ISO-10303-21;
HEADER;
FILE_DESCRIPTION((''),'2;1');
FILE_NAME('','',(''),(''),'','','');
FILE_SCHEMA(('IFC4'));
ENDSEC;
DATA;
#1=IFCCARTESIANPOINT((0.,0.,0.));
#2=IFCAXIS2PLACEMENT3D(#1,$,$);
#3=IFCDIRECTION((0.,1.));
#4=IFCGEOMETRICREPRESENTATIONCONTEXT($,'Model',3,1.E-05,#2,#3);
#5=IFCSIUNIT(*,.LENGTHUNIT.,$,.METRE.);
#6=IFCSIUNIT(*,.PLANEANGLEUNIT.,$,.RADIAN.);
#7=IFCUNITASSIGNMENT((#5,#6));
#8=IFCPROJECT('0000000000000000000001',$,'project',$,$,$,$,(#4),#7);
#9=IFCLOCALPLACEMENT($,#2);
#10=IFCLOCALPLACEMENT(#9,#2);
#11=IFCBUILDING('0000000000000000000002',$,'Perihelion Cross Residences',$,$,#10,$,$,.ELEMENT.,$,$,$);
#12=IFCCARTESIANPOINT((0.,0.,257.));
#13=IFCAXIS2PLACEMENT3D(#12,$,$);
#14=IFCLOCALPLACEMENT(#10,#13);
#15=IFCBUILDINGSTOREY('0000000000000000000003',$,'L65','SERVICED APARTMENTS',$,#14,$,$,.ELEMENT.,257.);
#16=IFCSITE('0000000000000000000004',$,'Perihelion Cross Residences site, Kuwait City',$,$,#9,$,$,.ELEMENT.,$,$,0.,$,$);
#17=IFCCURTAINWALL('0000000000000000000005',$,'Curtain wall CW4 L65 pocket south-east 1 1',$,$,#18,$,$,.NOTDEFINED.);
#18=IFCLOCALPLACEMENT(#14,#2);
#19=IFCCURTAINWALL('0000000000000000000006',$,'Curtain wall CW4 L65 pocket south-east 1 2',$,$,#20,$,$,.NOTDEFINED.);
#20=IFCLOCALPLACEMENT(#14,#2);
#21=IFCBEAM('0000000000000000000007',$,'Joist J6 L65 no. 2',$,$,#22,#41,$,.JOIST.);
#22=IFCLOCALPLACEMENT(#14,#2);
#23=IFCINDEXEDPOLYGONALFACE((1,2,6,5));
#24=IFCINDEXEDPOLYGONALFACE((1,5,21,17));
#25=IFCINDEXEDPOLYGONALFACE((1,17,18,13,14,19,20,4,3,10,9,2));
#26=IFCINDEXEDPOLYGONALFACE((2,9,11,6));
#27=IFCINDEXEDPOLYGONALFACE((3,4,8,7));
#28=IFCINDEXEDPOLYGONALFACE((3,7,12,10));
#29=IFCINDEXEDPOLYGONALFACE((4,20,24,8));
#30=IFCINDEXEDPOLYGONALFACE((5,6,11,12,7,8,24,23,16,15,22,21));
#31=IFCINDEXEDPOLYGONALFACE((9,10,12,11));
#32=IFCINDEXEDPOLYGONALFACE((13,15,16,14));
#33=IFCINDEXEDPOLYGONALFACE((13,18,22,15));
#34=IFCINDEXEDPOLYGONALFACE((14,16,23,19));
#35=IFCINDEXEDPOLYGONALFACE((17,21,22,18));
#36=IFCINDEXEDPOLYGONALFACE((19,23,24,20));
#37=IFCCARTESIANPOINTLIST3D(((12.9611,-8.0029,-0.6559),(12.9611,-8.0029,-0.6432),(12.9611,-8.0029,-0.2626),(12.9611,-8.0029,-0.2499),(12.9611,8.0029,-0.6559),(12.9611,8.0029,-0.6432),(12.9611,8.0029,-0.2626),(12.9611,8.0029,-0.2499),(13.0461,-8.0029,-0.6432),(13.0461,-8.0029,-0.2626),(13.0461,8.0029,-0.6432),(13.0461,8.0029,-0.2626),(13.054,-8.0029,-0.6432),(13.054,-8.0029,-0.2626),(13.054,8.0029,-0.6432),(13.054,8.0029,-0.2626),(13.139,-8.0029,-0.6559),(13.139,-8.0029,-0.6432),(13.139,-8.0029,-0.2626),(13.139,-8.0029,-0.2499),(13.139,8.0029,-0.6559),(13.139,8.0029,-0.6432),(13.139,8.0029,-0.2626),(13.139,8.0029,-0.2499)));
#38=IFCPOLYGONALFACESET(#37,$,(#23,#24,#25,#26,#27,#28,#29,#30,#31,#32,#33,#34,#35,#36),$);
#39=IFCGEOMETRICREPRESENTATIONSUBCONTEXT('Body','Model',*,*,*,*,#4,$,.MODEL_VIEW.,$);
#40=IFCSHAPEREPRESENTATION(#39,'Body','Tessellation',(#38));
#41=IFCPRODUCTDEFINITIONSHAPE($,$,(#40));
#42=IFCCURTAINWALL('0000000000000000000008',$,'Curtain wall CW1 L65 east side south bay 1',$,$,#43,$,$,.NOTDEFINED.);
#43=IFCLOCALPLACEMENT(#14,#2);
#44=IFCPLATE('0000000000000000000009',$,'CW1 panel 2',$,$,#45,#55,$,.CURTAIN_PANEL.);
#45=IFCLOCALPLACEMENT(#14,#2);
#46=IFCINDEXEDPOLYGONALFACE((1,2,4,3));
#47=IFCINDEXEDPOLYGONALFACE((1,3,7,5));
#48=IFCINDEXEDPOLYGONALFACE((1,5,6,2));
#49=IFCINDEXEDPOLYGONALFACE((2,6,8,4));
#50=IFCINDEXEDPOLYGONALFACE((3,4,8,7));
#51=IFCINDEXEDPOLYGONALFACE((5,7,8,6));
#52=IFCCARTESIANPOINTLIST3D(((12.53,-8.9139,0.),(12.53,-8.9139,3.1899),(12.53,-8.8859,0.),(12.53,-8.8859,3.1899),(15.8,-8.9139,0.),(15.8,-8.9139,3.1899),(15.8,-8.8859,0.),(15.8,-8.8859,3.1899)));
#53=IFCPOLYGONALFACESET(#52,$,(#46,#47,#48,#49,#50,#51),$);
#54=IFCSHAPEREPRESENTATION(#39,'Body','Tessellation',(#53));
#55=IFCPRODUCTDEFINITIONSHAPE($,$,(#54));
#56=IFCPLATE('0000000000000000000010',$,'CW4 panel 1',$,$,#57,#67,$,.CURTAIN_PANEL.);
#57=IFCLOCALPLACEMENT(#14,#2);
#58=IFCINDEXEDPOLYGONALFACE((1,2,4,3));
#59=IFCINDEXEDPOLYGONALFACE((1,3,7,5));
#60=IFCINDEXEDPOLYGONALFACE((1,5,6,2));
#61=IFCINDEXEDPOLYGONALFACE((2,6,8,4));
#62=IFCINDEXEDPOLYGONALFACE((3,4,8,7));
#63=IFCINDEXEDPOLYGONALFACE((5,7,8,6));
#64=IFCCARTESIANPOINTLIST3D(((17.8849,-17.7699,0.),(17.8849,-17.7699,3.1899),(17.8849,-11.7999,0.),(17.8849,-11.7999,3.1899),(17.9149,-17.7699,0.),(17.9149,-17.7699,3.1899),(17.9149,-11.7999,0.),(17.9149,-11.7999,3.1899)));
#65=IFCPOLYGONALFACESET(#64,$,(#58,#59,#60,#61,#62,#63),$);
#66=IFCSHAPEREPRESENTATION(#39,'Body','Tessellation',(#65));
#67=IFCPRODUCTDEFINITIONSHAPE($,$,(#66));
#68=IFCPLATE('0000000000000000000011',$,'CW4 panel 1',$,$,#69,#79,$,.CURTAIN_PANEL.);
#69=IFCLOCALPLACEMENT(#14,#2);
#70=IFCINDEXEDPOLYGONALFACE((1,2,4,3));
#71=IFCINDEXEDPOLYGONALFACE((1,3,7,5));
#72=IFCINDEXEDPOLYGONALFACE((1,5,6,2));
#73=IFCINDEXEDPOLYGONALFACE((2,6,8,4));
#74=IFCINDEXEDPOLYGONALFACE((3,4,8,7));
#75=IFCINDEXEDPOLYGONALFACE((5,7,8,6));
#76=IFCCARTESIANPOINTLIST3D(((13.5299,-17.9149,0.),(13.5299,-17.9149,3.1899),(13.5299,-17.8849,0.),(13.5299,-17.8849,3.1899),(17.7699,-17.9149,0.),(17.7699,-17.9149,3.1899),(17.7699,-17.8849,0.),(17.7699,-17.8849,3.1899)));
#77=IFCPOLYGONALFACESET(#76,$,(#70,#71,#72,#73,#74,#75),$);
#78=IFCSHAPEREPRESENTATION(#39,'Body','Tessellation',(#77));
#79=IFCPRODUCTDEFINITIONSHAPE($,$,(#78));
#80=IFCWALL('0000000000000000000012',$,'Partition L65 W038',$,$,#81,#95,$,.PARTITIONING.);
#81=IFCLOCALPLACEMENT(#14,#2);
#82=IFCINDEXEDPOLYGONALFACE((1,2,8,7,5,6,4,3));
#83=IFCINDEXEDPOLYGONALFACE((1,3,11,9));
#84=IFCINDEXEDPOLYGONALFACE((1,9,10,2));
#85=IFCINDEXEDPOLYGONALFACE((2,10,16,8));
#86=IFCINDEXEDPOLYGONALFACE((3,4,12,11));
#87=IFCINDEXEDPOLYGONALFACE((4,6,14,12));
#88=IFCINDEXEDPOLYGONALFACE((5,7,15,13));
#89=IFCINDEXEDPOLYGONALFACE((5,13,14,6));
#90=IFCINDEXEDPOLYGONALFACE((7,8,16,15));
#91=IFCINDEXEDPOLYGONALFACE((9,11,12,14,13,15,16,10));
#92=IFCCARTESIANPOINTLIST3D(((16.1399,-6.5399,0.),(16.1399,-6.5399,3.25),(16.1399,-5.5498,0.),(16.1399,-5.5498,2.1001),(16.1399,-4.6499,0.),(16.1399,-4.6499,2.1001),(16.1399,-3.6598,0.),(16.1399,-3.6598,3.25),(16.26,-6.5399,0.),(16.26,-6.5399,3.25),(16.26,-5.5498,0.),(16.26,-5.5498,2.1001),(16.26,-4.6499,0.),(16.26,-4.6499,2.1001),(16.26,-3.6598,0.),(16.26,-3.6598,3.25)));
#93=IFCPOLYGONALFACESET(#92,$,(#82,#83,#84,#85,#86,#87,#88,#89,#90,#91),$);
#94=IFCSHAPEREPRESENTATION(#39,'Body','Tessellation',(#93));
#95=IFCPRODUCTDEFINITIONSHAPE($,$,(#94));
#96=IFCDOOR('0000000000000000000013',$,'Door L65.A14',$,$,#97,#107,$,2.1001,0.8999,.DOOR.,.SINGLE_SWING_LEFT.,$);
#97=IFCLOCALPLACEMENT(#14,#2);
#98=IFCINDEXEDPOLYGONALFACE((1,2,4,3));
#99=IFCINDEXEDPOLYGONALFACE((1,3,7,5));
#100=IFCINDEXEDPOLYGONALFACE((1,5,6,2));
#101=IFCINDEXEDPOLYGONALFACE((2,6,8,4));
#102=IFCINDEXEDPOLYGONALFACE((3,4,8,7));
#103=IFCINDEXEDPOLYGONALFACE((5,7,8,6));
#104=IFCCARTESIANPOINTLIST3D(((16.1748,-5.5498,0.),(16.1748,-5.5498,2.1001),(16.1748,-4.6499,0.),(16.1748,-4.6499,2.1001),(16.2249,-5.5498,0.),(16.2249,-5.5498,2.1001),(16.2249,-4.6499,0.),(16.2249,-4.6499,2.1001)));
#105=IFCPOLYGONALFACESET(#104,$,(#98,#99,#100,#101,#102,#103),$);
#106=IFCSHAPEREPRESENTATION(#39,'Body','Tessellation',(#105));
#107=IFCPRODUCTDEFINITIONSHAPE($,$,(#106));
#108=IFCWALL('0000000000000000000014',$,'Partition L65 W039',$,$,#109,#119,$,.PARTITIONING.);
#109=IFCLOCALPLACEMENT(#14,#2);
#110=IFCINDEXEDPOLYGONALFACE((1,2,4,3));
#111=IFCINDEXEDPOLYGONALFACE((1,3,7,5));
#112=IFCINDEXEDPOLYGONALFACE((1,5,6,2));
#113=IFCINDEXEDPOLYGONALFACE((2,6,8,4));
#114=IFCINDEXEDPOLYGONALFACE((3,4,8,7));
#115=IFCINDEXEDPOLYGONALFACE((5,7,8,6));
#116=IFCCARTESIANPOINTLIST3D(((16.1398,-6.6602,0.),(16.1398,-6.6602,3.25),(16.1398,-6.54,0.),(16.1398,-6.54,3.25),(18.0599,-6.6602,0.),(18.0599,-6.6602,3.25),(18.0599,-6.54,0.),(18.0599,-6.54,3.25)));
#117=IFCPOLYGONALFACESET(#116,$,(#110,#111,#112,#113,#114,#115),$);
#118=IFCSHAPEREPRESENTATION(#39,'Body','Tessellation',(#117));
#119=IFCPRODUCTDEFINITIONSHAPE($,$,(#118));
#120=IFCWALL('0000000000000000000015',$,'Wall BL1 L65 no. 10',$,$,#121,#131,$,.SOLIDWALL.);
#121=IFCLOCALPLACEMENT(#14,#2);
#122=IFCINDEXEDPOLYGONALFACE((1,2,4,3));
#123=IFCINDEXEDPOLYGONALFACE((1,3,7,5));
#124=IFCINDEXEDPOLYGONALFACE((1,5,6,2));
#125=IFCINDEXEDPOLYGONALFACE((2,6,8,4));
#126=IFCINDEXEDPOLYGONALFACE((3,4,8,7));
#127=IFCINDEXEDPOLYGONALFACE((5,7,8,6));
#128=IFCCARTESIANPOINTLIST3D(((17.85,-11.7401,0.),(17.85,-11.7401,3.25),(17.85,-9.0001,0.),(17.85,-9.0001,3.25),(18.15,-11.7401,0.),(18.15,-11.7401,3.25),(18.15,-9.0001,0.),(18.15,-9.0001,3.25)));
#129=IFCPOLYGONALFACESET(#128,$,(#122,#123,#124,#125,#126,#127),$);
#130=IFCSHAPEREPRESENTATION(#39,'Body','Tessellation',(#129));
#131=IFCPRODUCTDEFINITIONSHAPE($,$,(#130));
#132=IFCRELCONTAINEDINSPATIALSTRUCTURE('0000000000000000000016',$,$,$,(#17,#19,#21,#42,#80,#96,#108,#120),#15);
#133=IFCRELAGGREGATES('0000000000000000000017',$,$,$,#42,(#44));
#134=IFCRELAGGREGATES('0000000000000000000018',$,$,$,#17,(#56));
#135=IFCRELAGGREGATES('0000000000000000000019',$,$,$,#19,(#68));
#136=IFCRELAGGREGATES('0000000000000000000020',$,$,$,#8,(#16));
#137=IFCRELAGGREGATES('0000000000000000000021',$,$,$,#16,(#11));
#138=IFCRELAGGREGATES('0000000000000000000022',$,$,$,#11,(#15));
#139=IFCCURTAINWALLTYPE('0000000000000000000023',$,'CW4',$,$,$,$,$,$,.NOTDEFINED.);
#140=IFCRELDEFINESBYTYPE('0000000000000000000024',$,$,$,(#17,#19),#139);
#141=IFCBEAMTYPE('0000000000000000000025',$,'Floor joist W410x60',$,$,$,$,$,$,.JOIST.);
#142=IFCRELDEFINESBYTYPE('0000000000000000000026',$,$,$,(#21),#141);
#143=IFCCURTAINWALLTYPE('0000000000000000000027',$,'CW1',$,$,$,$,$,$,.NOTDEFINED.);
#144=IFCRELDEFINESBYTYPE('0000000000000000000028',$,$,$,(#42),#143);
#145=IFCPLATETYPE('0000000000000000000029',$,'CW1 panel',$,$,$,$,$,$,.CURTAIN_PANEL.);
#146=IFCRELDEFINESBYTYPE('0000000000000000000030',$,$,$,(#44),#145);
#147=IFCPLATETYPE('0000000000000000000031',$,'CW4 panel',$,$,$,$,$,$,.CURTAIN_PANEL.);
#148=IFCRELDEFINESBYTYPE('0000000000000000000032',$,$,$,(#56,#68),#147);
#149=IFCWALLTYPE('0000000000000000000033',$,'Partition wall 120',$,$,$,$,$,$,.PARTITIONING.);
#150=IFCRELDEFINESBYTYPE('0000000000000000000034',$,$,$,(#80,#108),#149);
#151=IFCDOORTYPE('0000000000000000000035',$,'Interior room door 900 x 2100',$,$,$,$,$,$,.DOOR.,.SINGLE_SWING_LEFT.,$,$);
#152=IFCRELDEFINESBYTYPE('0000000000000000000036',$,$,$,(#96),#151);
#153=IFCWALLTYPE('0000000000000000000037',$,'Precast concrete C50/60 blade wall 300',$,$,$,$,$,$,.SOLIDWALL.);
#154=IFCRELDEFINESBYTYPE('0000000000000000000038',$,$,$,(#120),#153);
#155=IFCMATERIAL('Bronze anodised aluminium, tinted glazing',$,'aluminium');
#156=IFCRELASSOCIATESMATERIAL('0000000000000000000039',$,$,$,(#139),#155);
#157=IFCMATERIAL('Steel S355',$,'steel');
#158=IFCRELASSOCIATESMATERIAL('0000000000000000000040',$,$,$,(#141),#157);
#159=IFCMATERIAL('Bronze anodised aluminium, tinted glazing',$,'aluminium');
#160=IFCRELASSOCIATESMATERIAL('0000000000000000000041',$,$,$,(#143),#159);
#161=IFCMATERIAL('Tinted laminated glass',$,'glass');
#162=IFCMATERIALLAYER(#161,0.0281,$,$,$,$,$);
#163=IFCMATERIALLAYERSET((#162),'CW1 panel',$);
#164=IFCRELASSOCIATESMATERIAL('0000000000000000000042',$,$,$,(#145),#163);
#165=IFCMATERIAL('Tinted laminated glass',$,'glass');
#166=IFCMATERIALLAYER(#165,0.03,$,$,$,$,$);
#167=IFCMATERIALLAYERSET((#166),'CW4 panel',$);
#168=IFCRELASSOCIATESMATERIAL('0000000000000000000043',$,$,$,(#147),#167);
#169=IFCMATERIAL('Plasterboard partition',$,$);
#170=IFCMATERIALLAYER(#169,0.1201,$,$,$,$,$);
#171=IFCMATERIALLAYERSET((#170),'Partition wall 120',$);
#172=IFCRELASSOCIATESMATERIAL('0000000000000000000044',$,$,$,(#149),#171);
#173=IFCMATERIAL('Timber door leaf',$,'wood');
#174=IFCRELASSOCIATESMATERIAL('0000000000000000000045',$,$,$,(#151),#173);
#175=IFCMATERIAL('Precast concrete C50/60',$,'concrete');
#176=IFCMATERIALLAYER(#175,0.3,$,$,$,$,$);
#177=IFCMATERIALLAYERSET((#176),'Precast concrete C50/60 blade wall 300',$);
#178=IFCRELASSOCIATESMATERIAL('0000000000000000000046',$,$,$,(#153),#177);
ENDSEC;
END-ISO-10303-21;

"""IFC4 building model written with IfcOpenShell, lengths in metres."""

from ifc_helpers import new_model, si_unit, direction, frame, frame_2d, origin, origin_2d, place, context, subcontext, project, spatial, rectangle, i_section, extrude, material, layer, layer_set, material_profile, profile_set, type_object, element, fill, aggregate, save


model = new_model("IFC4")

# Units and contexts
model_context = context("Model", 3, precision=1e-05, world=origin(), true_north=direction((0.0, 1.0)))
body_context = subcontext(model_context, "Body", "Model", "MODEL_VIEW")
ifc_project = project(units=[si_unit("LENGTHUNIT", "METRE"), si_unit("PLANEANGLEUNIT", "RADIAN")], contexts=[model_context])

# Site, building, storey
site_placement = place(None, origin())
site = spatial("IfcSite", under=ifc_project, at=site_placement, Name="Perihelion Cross Residences site, Kuwait City", CompositionType="ELEMENT", RefElevation=0.0)
building_placement = place(site_placement, origin())
building = spatial("IfcBuilding", under=site, at=building_placement, Name="Perihelion Cross Residences", CompositionType="ELEMENT")
storey_placement = place(building_placement, frame((0.0, 0.0, 257.0)))
storey = spatial("IfcBuildingStorey", under=building, at=storey_placement, Name="L65", Description="SERVICED APARTMENTS", CompositionType="ELEMENT", Elevation=257.0)

# Curtain walls
ifc_material_1 = material(Name="Bronze anodised aluminium, tinted glazing", Category="aluminium")
curtain_wall_type_1 = type_object("IfcCurtainWallType", Name="CW4", PredefinedType="NOTDEFINED", material=ifc_material_1)
curtain_wall_1_placement = place(storey_placement, origin())
curtain_wall_1 = element("IfcCurtainWall", 1, at=curtain_wall_1_placement, inside=storey, type_object=curtain_wall_type_1, Name="Curtain wall CW4 L65 pocket south-east 1 1", PredefinedType="NOTDEFINED")
curtain_wall_2_placement = place(storey_placement, origin())
curtain_wall_2 = element("IfcCurtainWall", 2, at=curtain_wall_2_placement, inside=storey, type_object=curtain_wall_type_1, Name="Curtain wall CW4 L65 pocket south-east 1 2", PredefinedType="NOTDEFINED")

# Beam
ifc_material_2 = material(Name="Steel S355", Category="steel")
ifc_material_profile_1 = material_profile(ifc_material_2, i_section(OverallWidth=0.178, OverallDepth=0.406, WebThickness=0.0078, FlangeThickness=0.0127, at=origin_2d()), Name="W410x60")
ifc_profile_set_1 = profile_set([ifc_material_profile_1], Name="Steel S355")
beam_type_1 = type_object("IfcBeamType", Name="Floor joist W410x60", PredefinedType="JOIST", material=ifc_profile_set_1)
beam_1_placement = place(storey_placement, frame((13.05, -8.0029, -0.4529), z_axis=(0.0, 1.0, 0.0), x_axis=(-1.0, 0.0, 0.0)))
element("IfcBeam", 3, at=beam_1_placement, inside=storey, type_object=beam_type_1, Name="Joist J6 L65 no. 2", PredefinedType="JOIST", context=body_context, shape_type="SweptSolid", body=[
    extrude(i_section(OverallWidth=0.178, OverallDepth=0.406, WebThickness=0.0078, FlangeThickness=0.0127, at=origin_2d()), origin(), (0.0, 0.0, 1.0), 16.0059),
])

# Curtain wall, plate
ifc_material_3 = material(Name="Bronze anodised aluminium, tinted glazing", Category="aluminium")
curtain_wall_type_2 = type_object("IfcCurtainWallType", Name="CW1", PredefinedType="NOTDEFINED", material=ifc_material_3)
curtain_wall_3_placement = place(storey_placement, origin())
curtain_wall_3 = element("IfcCurtainWall", 4, at=curtain_wall_3_placement, inside=storey, type_object=curtain_wall_type_2, Name="Curtain wall CW1 L65 east side south bay 1", PredefinedType="NOTDEFINED")
ifc_material_4 = material(Name="Tinted laminated glass", Category="glass")
ifc_layer_1 = layer(ifc_material_4, 0.0281)
ifc_layer_set_1 = layer_set([ifc_layer_1], Name="CW1 panel")
plate_type_1 = type_object("IfcPlateType", Name="CW1 panel", PredefinedType="CURTAIN_PANEL", material=ifc_layer_set_1)
plate_1_placement = place(storey_placement, frame((14.165, -8.8999, 0.0), z_axis=(0.0, 0.0, 1.0), x_axis=(1.0, 0.0, 0.0)))
plate_1 = element("IfcPlate", 5, at=plate_1_placement, type_object=plate_type_1, Name="CW1 panel 2", PredefinedType="CURTAIN_PANEL", context=body_context, shape_type="SweptSolid", body=[
    extrude(rectangle(XDim=3.27, YDim=0.0281, at=origin_2d()), origin(), (0.0, 0.0, 1.0), 3.1899),
])
aggregate(curtain_wall_3, [plate_1])

# Plates
ifc_material_5 = material(Name="Tinted laminated glass", Category="glass")
ifc_layer_2 = layer(ifc_material_5, 0.03)
ifc_layer_set_2 = layer_set([ifc_layer_2], Name="CW4 panel")
plate_type_2 = type_object("IfcPlateType", Name="CW4 panel", PredefinedType="CURTAIN_PANEL", material=ifc_layer_set_2)
plate_2_placement = place(storey_placement, frame((17.8999, -14.7849, 0.0), z_axis=(0.0, 0.0, 1.0), x_axis=(0.0, -1.0, 0.0)))
plate_2 = element("IfcPlate", 6, at=plate_2_placement, type_object=plate_type_2, Name="CW4 panel 1", PredefinedType="CURTAIN_PANEL", context=body_context, shape_type="SweptSolid", body=[
    extrude(rectangle(XDim=5.97, YDim=0.03, at=origin_2d()), origin(), (0.0, 0.0, 1.0), 3.1899),
])
aggregate(curtain_wall_1, [plate_2])
plate_3_placement = place(storey_placement, frame((15.6499, -17.8999, 0.0), z_axis=(0.0, 0.0, 1.0), x_axis=(-1.0, 0.0, 0.0)))
plate_3 = element("IfcPlate", 7, at=plate_3_placement, type_object=plate_type_2, Name="CW4 panel 1", PredefinedType="CURTAIN_PANEL", context=body_context, shape_type="SweptSolid", body=[
    extrude(rectangle(XDim=4.24, YDim=0.03, at=origin_2d()), origin(), (0.0, 0.0, 1.0), 3.1899),
])
aggregate(curtain_wall_2, [plate_3])

# Wall, opening, door
ifc_material_6 = material(Name="Plasterboard partition")
ifc_layer_3 = layer(ifc_material_6, 0.1201)
ifc_layer_set_3 = layer_set([ifc_layer_3], Name="Partition wall 120")
wall_type_1 = type_object("IfcWallType", Name="Partition wall 120", PredefinedType="PARTITIONING", material=ifc_layer_set_3)
wall_1_placement = place(storey_placement, frame((16.2, -3.6599, 0.0), z_axis=(0.0, 0.0, 1.0), x_axis=(0.0, -1.0, 0.0)))
wall_1 = element("IfcWall", 8, at=wall_1_placement, inside=storey, type_object=wall_type_1, Name="Partition L65 W038", PredefinedType="PARTITIONING", context=body_context, shape_type="SweptSolid", body=[
    extrude(rectangle(XDim=2.8801, YDim=0.1201, at=frame_2d((1.4399, 0.0))), origin(), (0.0, 0.0, 1.0), 3.25),
])
opening_1_placement = place(wall_1_placement, frame((0.99, 0.0, 0.0)))
opening_1 = element("IfcOpeningElement", 9, at=opening_1_placement, cuts=wall_1, PredefinedType="OPENING", context=body_context, shape_type="SweptSolid", body=[
    extrude(rectangle(XDim=0.8999, YDim=2.1001, at=frame_2d((0.45, 1.05))), frame((0.0, 0.0701, 0.0), z_axis=(0.0, -1.0, 0.0), x_axis=(1.0, 0.0, 0.0)), (0.0, 0.0, 1.0), 0.1401),
])
ifc_material_7 = material(Name="Timber door leaf", Category="wood")
door_type_1 = type_object("IfcDoorType", Name="Interior room door 900 x 2100", OperationType="SINGLE_SWING_LEFT", PredefinedType="DOOR", material=ifc_material_7)
door_1_placement = place(opening_1_placement, origin())
door_1 = element("IfcDoor", 10, at=door_1_placement, inside=storey, type_object=door_type_1, Name="Door L65.A14", OperationType="SINGLE_SWING_LEFT", OverallHeight=2.1001, OverallWidth=0.8999, PredefinedType="DOOR", context=body_context, shape_type="SweptSolid", body=[
    extrude(rectangle(XDim=0.8999, YDim=2.1001, at=frame_2d((0.45, 1.05))), frame((0.0, 0.0249, 0.0), z_axis=(0.0, -1.0, 0.0), x_axis=(1.0, 0.0, 0.0)), (0.0, 0.0, 1.0), 0.05),
])
fill(opening_1, door_1)

# Walls
wall_2_placement = place(storey_placement, frame((16.1399, -6.6001, 0.0), z_axis=(0.0, 0.0, 1.0), x_axis=(1.0, 0.0, 0.0)))
element("IfcWall", 11, at=wall_2_placement, inside=storey, type_object=wall_type_1, Name="Partition L65 W039", PredefinedType="PARTITIONING", context=body_context, shape_type="SweptSolid", body=[
    extrude(rectangle(XDim=1.9202, YDim=0.1201, at=frame_2d((0.96, 0.0))), origin(), (0.0, 0.0, 1.0), 3.25),
])
ifc_material_8 = material(Name="Precast concrete C50/60", Category="concrete")
ifc_layer_4 = layer(ifc_material_8, 0.3)
ifc_layer_set_4 = layer_set([ifc_layer_4], Name="Precast concrete C50/60 blade wall 300")
wall_type_2 = type_object("IfcWallType", Name="Precast concrete C50/60 blade wall 300", PredefinedType="SOLIDWALL", material=ifc_layer_set_4)
wall_3_placement = place(storey_placement, frame((18.0, -9.0, 0.0), z_axis=(0.0, 0.0, 1.0), x_axis=(0.0, -1.0, 0.0)))
element("IfcWall", 12, at=wall_3_placement, inside=storey, type_object=wall_type_2, Name="Wall BL1 L65 no. 10", PredefinedType="SOLIDWALL", context=body_context, shape_type="SweptSolid", body=[
    extrude(rectangle(XDim=2.74, YDim=0.3, at=frame_2d((1.3701, 0.0))), origin(), (0.0, 0.0, 1.0), 3.25),
])

save(model, "model.ifc")
